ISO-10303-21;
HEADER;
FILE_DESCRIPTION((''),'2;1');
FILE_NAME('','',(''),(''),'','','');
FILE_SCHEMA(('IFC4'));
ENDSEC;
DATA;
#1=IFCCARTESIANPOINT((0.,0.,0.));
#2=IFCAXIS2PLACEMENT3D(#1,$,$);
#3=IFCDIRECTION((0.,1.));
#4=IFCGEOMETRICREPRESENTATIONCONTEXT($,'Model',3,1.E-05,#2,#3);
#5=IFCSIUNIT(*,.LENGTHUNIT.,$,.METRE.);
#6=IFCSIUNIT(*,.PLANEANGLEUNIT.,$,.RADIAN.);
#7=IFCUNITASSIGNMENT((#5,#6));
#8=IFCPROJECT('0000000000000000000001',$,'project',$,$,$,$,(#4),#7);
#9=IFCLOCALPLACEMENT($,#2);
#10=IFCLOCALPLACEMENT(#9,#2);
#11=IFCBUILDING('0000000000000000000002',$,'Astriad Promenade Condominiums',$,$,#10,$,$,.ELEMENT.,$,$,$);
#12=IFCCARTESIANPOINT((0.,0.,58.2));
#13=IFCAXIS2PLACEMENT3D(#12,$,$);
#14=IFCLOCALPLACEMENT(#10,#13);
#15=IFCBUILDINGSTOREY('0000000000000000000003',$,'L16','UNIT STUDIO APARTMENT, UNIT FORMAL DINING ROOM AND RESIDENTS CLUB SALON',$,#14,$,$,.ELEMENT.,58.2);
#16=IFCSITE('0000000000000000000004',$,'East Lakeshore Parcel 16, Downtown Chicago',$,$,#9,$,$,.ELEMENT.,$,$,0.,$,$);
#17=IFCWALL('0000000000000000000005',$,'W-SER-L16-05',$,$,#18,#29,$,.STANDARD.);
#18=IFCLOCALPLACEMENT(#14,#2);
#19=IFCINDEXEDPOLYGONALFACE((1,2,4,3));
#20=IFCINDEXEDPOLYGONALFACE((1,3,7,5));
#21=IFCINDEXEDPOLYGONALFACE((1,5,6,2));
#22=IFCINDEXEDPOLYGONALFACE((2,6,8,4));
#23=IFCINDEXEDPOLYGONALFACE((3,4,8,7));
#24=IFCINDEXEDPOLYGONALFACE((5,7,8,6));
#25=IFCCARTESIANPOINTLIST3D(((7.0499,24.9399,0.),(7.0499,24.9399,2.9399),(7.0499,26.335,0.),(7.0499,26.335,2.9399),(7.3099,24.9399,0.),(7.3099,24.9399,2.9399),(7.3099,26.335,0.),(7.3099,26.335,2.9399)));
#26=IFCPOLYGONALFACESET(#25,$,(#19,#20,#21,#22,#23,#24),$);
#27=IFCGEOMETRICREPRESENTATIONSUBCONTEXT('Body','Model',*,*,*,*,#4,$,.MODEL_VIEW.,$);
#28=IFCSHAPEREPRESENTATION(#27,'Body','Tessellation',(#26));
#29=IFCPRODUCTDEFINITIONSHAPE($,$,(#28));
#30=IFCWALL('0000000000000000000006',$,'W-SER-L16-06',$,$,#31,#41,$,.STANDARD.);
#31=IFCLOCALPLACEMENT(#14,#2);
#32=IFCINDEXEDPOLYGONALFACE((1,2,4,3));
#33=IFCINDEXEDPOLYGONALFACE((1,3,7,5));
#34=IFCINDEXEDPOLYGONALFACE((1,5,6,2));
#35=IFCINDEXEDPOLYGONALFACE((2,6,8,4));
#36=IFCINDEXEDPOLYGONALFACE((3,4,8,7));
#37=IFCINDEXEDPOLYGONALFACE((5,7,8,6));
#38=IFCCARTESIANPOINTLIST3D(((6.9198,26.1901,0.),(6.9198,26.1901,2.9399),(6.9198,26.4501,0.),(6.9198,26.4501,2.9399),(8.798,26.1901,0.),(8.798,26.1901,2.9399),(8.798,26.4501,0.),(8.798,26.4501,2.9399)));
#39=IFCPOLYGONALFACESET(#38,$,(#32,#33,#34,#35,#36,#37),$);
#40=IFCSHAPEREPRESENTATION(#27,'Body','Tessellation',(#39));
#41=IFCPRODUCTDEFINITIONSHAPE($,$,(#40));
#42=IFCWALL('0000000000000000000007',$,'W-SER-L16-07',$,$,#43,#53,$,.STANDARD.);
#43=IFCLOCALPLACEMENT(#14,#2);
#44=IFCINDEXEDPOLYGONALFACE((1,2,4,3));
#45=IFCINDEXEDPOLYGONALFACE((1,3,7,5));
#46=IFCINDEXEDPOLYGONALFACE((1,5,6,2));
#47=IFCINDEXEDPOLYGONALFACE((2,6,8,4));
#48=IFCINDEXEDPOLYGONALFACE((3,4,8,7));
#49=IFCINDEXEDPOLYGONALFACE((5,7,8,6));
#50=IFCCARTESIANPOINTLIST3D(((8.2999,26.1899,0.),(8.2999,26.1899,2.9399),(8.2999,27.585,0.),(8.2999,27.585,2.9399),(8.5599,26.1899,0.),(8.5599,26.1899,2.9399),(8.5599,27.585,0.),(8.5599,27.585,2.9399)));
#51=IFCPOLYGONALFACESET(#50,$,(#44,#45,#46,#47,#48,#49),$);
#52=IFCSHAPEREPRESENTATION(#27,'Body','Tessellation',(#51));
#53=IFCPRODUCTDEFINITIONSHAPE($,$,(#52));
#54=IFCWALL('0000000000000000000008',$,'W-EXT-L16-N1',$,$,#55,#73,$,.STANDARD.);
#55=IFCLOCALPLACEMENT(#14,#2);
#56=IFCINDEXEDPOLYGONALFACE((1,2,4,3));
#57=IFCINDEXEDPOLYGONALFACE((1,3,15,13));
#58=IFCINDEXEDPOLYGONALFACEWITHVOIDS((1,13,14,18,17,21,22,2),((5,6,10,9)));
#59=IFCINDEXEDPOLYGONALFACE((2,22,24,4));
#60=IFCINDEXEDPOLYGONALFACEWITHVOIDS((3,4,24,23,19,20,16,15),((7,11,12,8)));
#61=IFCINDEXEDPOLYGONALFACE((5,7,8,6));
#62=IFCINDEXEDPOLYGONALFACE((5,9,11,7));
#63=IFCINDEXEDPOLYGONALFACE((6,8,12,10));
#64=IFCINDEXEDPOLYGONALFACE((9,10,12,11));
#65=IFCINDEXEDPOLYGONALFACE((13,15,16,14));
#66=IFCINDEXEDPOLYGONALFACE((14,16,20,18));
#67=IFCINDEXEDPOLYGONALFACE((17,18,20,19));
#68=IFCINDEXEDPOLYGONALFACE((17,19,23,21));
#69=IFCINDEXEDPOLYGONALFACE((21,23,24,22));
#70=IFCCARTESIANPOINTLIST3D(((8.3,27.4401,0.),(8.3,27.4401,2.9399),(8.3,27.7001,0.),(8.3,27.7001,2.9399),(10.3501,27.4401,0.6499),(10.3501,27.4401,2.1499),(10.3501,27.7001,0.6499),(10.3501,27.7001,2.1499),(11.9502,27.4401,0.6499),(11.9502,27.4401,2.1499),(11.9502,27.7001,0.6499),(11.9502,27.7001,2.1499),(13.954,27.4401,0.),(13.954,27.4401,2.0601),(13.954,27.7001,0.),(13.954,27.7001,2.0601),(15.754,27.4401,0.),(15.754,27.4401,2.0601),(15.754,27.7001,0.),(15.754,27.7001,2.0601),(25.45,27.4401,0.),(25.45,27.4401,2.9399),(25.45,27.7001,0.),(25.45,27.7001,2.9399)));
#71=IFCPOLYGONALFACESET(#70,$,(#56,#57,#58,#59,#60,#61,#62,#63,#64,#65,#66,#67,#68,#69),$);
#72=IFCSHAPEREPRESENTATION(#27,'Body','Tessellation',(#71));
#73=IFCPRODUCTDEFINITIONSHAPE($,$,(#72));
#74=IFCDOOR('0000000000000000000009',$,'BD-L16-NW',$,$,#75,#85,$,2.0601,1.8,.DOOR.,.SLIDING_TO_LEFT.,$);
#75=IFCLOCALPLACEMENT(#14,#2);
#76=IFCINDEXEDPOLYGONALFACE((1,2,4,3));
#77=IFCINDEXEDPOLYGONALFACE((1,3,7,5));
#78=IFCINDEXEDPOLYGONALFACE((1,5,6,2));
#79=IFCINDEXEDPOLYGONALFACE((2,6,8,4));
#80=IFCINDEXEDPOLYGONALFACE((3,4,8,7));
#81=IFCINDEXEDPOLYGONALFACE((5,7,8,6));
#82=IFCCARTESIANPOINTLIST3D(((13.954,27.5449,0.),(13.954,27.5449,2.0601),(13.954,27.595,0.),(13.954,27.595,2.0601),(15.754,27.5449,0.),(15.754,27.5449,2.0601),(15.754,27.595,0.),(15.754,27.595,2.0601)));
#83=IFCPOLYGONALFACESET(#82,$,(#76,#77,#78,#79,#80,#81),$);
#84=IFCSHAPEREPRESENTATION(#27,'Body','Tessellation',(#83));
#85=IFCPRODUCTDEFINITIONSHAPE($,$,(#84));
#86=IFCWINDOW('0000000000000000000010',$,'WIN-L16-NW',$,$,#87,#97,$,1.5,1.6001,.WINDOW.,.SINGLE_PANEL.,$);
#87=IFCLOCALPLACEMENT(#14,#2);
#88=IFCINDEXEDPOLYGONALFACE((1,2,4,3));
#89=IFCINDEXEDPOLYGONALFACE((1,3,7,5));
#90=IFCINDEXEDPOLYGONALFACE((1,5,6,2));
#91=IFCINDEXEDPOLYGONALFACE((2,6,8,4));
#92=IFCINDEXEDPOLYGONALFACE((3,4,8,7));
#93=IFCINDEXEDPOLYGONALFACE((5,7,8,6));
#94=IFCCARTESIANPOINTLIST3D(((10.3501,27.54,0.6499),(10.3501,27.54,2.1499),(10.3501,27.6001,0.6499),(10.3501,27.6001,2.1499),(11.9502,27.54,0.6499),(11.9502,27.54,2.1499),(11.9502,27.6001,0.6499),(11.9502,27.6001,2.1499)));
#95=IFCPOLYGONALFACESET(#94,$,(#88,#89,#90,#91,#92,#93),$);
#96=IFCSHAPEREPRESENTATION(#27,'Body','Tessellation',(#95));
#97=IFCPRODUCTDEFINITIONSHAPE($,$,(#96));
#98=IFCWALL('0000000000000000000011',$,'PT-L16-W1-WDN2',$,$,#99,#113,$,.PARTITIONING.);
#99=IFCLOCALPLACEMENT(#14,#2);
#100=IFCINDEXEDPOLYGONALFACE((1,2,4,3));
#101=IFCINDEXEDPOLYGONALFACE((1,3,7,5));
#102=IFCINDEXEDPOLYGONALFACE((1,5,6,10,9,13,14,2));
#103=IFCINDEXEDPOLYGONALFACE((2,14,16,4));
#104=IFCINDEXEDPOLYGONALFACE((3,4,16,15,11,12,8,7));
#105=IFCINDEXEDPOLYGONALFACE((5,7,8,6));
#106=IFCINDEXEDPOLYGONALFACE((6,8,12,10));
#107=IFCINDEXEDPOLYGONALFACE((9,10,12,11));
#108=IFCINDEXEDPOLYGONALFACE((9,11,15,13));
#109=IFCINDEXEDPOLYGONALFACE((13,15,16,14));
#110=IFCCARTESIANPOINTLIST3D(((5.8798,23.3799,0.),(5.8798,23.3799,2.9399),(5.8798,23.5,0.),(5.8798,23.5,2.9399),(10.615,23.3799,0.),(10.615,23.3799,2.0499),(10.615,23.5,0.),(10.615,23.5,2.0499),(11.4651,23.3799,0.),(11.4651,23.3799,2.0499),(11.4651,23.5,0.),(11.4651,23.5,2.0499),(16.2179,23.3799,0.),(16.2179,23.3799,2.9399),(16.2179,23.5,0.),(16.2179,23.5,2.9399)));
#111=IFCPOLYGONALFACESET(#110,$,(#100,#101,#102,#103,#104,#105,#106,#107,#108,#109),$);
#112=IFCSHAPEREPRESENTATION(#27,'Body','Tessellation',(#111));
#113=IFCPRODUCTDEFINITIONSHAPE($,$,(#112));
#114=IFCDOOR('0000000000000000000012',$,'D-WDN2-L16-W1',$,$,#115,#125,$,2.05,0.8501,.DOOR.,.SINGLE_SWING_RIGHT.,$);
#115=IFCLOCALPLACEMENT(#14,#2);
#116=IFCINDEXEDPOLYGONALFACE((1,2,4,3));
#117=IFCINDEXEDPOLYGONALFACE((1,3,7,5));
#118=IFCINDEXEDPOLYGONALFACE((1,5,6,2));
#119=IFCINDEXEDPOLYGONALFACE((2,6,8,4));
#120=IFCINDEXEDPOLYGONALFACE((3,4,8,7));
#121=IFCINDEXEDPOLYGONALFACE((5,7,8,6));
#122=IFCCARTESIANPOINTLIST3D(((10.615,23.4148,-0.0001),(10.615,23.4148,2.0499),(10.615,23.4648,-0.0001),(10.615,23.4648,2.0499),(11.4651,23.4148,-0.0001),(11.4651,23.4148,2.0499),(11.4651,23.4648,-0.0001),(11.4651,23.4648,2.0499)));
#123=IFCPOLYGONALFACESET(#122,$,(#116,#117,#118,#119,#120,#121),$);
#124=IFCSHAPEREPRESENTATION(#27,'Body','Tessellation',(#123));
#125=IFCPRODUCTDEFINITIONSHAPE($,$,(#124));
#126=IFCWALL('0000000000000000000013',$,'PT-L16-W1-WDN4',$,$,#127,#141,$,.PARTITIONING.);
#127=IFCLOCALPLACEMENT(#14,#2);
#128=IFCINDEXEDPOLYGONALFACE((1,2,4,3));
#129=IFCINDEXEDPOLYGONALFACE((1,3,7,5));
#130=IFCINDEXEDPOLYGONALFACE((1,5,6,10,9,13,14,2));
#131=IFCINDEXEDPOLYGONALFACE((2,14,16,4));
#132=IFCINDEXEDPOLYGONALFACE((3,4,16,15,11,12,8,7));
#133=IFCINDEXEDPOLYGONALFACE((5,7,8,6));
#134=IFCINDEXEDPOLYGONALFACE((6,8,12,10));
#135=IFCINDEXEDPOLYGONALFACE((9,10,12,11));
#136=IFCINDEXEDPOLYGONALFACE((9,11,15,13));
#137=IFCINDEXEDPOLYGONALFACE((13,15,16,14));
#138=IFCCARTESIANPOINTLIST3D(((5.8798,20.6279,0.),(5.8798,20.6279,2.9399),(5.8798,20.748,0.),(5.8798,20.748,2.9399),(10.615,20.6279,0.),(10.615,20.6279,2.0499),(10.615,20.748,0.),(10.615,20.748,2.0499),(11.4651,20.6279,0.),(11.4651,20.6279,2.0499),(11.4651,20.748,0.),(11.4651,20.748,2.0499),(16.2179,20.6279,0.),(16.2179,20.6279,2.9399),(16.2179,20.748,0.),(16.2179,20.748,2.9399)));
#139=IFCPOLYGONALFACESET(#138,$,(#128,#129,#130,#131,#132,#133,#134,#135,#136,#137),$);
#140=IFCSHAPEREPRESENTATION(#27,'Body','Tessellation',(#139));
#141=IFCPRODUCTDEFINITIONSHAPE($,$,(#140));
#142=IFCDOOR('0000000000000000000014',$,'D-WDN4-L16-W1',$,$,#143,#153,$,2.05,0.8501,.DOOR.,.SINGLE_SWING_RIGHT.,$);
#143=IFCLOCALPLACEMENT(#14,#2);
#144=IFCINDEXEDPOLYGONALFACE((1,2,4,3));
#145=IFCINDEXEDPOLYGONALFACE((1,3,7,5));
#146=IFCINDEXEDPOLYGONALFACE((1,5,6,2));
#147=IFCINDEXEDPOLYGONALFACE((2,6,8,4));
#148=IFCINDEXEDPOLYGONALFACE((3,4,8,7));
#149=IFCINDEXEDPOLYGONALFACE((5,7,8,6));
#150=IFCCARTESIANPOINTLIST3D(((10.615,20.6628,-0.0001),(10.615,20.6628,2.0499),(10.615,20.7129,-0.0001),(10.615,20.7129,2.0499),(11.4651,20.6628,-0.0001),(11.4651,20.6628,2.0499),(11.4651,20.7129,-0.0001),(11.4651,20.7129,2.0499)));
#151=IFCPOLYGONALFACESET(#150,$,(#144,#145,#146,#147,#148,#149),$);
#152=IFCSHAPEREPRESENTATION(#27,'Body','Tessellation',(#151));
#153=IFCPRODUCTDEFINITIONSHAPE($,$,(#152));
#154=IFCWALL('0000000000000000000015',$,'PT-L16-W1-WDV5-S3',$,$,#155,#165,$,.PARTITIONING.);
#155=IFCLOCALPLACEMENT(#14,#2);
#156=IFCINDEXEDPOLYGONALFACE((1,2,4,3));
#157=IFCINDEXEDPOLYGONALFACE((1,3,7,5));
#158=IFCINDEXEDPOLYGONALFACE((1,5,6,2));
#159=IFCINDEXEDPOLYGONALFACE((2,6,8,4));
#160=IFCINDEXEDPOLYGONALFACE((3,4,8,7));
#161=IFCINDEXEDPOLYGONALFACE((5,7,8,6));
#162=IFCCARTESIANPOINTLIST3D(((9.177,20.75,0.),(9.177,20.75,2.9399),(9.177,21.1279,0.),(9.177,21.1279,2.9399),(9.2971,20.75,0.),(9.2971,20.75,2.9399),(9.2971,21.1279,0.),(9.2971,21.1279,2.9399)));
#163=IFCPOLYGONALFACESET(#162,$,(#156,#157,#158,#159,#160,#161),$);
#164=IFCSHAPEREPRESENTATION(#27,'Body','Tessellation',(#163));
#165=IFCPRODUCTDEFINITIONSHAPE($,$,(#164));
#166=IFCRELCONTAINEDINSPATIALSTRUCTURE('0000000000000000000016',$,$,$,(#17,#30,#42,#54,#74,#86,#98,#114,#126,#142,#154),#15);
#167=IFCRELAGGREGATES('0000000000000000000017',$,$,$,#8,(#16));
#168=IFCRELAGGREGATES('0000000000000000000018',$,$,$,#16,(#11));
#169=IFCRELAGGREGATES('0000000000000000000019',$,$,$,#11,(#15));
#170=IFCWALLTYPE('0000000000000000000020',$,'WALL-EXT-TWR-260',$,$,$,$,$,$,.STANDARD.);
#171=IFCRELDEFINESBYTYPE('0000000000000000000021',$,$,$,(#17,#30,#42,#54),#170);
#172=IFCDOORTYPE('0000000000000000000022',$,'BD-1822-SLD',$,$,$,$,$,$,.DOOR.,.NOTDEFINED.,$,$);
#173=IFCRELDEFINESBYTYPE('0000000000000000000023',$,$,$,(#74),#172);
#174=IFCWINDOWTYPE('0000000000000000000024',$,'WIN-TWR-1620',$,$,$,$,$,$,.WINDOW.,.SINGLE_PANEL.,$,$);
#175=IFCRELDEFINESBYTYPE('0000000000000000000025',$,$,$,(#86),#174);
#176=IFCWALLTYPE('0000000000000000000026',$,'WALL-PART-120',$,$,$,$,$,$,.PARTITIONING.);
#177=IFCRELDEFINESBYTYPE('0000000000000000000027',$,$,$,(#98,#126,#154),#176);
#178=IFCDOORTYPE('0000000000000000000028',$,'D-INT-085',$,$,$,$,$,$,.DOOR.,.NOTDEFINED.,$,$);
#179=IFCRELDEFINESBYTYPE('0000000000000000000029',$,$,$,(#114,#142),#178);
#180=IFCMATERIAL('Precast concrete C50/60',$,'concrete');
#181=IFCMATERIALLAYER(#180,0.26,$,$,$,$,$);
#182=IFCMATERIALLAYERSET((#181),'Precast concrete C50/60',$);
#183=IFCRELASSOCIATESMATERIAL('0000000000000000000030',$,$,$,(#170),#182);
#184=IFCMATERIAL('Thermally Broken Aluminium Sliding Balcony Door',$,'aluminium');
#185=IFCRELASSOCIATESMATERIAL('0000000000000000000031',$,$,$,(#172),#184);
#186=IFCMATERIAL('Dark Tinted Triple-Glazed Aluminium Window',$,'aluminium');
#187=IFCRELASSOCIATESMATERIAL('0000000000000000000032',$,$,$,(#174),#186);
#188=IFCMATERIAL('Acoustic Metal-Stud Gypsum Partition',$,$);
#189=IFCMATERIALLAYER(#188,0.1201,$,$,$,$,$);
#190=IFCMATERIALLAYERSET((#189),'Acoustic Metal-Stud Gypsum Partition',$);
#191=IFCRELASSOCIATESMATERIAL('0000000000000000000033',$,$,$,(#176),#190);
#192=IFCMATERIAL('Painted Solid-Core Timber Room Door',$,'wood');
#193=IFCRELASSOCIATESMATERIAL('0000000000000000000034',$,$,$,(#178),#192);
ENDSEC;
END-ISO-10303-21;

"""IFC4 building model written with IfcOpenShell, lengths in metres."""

from ifc_helpers import new_model, si_unit, direction, frame, frame_2d, origin, place, context, subcontext, project, spatial, rectangle, extrude, source, transform, mapped, material, layer, layer_set, type_object, type_shapes, element, fill, save


model = new_model("IFC4")

# Units and contexts
model_context = context("Model", 3, precision=1e-05, world=origin(), true_north=direction((0.0, 1.0)))
body_context = subcontext(model_context, "Body", "Model", "MODEL_VIEW")
ifc_project = project(units=[si_unit("LENGTHUNIT", "METRE"), si_unit("PLANEANGLEUNIT", "RADIAN")], contexts=[model_context])

# Site, building, storey
site_placement = place(None, origin())
site = spatial("IfcSite", under=ifc_project, at=site_placement, Name="East Lakeshore Parcel 16, Downtown Chicago", CompositionType="ELEMENT", RefElevation=0.0)
building_placement = place(site_placement, origin())
building = spatial("IfcBuilding", under=site, at=building_placement, Name="Astriad Promenade Condominiums", CompositionType="ELEMENT")
storey_placement = place(building_placement, frame((0.0, 0.0, 58.2)))
storey = spatial("IfcBuildingStorey", under=building, at=storey_placement, Name="L16", Description="UNIT STUDIO APARTMENT, UNIT FORMAL DINING ROOM AND RESIDENTS CLUB SALON", CompositionType="ELEMENT", Elevation=58.2)

# Walls
ifc_material_1 = material(Name="Precast concrete C50/60", Category="concrete")
ifc_layer_1 = layer(ifc_material_1, 0.26)
ifc_layer_set_1 = layer_set([ifc_layer_1], Name="Precast concrete C50/60")
wall_type_1 = type_object("IfcWallType", Name="WALL-EXT-TWR-260", PredefinedType="STANDARD", material=ifc_layer_set_1)
for number, where, z_axis, x_axis, name in (
    (1, (7.1799, 24.9399, 0.0), (0.0, 0.0, 1.0), (0.0, 1.0, 0.0), "W-SER-L16-05"),
):
    element("IfcWall", number, at=place(storey_placement, frame(where, z_axis=z_axis, x_axis=x_axis)), inside=storey, type_object=wall_type_1, Name=name, PredefinedType="STANDARD", context=body_context, shape_type="SweptSolid", body=[
        extrude(rectangle(XDim=1.395, YDim=0.26, at=frame_2d((0.6975, 0.0))), origin(), (0.0, 0.0, 1.0), 2.9399),
    ])
wall_1_placement = place(storey_placement, frame((6.9199, 26.3201, 0.0), z_axis=(0.0, 0.0, 1.0), x_axis=(1.0, 0.0, 0.0)))
element("IfcWall", 2, at=wall_1_placement, inside=storey, type_object=wall_type_1, Name="W-SER-L16-06", PredefinedType="STANDARD", context=body_context, shape_type="SweptSolid", body=[
    extrude(rectangle(XDim=1.8782, YDim=0.26, at=frame_2d((0.939, 0.0))), origin(), (0.0, 0.0, 1.0), 2.9399),
])
wall_2_placement = place(storey_placement, frame((8.4299, 26.1899, 0.0), z_axis=(0.0, 0.0, 1.0), x_axis=(0.0, 1.0, 0.0)))
element("IfcWall", 3, at=wall_2_placement, inside=storey, type_object=wall_type_1, Name="W-SER-L16-07", PredefinedType="STANDARD", context=body_context, shape_type="SweptSolid", body=[
    extrude(rectangle(XDim=1.395, YDim=0.26, at=frame_2d((0.6975, 0.0))), origin(), (0.0, 0.0, 1.0), 2.9399),
])

# Wall, openings, door, window
wall_3_placement = place(storey_placement, frame((8.3, 27.5701, 0.0), z_axis=(0.0, 0.0, 1.0), x_axis=(1.0, 0.0, 0.0)))
wall_3 = element("IfcWall", 4, at=wall_3_placement, inside=storey, type_object=wall_type_1, Name="W-EXT-L16-N1", PredefinedType="STANDARD", context=body_context, shape_type="SweptSolid", body=[
    extrude(rectangle(XDim=17.1499, YDim=0.26, at=frame_2d((8.575, 0.0))), origin(), (0.0, 0.0, 1.0), 2.9399),
])
opening_1_placement = place(wall_3_placement, frame((5.6541, 0.0, 0.0)))
opening_1 = element("IfcOpeningElement", 5, at=opening_1_placement, cuts=wall_3, PredefinedType="OPENING", context=body_context, shape_type="SweptSolid", body=[
    extrude(rectangle(XDim=1.8, YDim=2.0601, at=frame_2d((0.8999, 1.03))), frame((0.0, 0.1399, 0.0), z_axis=(0.0, -1.0, 0.0), x_axis=(1.0, 0.0, 0.0)), (0.0, 0.0, 1.0), 0.28),
])
opening_2_placement = place(wall_3_placement, frame((2.05, 0.0, 0.6499)))
opening_2 = element("IfcOpeningElement", 6, at=opening_2_placement, cuts=wall_3, PredefinedType="OPENING", context=body_context, shape_type="SweptSolid", body=[
    extrude(rectangle(XDim=1.6001, YDim=1.5, at=frame_2d((0.8, 0.75))), frame((0.0, 0.1399, 0.0), z_axis=(0.0, -1.0, 0.0), x_axis=(1.0, 0.0, 0.0)), (0.0, 0.0, 1.0), 0.28),
])
ifc_material_2 = material(Name="Thermally Broken Aluminium Sliding Balcony Door", Category="aluminium")
door_type_1 = type_object("IfcDoorType", Name="BD-1822-SLD", OperationType="NOTDEFINED", PredefinedType="DOOR", material=ifc_material_2)
shared_shape_1 = source(origin(), body_context, "Body", "SweptSolid", [
    extrude(rectangle(XDim=1.8, YDim=2.0601, at=frame_2d((0.8999, 1.03))), frame((0.0, 0.0249, 0.0), z_axis=(0.0, -1.0, 0.0), x_axis=(1.0, 0.0, 0.0)), (0.0, 0.0, 1.0), 0.05),
])
type_shapes(door_type_1, [shared_shape_1])
door_1_placement = place(opening_1_placement, origin())
door_1 = element("IfcDoor", 7, at=door_1_placement, inside=storey, type_object=door_type_1, Name="BD-L16-NW", OperationType="SLIDING_TO_LEFT", OverallHeight=2.0601, OverallWidth=1.8, PredefinedType="DOOR", context=body_context, shape_type="MappedRepresentation", body=[
    mapped(shared_shape_1, transform((0.0, 0.0, 0.0), scale=1.0)),
])
fill(opening_1, door_1)
ifc_material_3 = material(Name="Dark Tinted Triple-Glazed Aluminium Window", Category="aluminium")
window_type = type_object("IfcWindowType", Name="WIN-TWR-1620", PartitioningType="SINGLE_PANEL", PredefinedType="WINDOW", material=ifc_material_3)
shared_shape_2 = source(origin(), body_context, "Body", "SweptSolid", [
    extrude(rectangle(XDim=1.6001, YDim=1.5, at=frame_2d((0.8, 0.75))), frame((0.0, 0.03, 0.0), z_axis=(0.0, -1.0, 0.0), x_axis=(1.0, 0.0, 0.0)), (0.0, 0.0, 1.0), 0.0601),
])
type_shapes(window_type, [shared_shape_2])
window_placement = place(opening_2_placement, origin())
window = element("IfcWindow", 8, at=window_placement, inside=storey, type_object=window_type, Name="WIN-L16-NW", OverallHeight=1.5, OverallWidth=1.6001, PartitioningType="SINGLE_PANEL", PredefinedType="WINDOW", context=body_context, shape_type="MappedRepresentation", body=[
    mapped(shared_shape_2, transform((0.0, 0.0, 0.0), scale=1.0)),
])
fill(opening_2, window)

# Walls, openings, doors
ifc_material_4 = material(Name="Acoustic Metal-Stud Gypsum Partition")
ifc_layer_2 = layer(ifc_material_4, 0.1201)
ifc_layer_set_2 = layer_set([ifc_layer_2], Name="Acoustic Metal-Stud Gypsum Partition")
wall_type_2 = type_object("IfcWallType", Name="WALL-PART-120", PredefinedType="PARTITIONING", material=ifc_layer_set_2)
wall_4_placement = place(storey_placement, frame((5.8799, 23.4399, 0.0), z_axis=(0.0, 0.0, 1.0), x_axis=(1.0, 0.0, 0.0)))
wall_4 = element("IfcWall", 9, at=wall_4_placement, inside=storey, type_object=wall_type_2, Name="PT-L16-W1-WDN2", PredefinedType="PARTITIONING", context=body_context, shape_type="SweptSolid", body=[
    extrude(rectangle(XDim=10.3381, YDim=0.1201, at=frame_2d((5.1689, 0.0))), origin(), (0.0, 0.0, 1.0), 2.9399),
])
opening_3_placement = place(wall_4_placement, frame((4.7351, 0.0, 0.0)))
opening_3 = element("IfcOpeningElement", 10, at=opening_3_placement, cuts=wall_4, PredefinedType="OPENING", context=body_context, shape_type="SweptSolid", body=[
    extrude(rectangle(XDim=0.8501, YDim=2.05, at=frame_2d((0.425, 1.0249))), frame((0.0, 0.0701, 0.0), z_axis=(0.0, -1.0, 0.0), x_axis=(1.0, 0.0, 0.0)), (0.0, 0.0, 1.0), 0.1401),
])
ifc_material_5 = material(Name="Painted Solid-Core Timber Room Door", Category="wood")
door_type_2 = type_object("IfcDoorType", Name="D-INT-085", OperationType="NOTDEFINED", PredefinedType="DOOR", material=ifc_material_5)
shared_shape_3 = source(origin(), body_context, "Body", "SweptSolid", [
    extrude(rectangle(XDim=0.8501, YDim=2.05, at=frame_2d((0.425, 1.0249))), frame((0.0, 0.0249, 0.0), z_axis=(0.0, -1.0, 0.0), x_axis=(1.0, 0.0, 0.0)), (0.0, 0.0, 1.0), 0.05),
])
type_shapes(door_type_2, [shared_shape_3])
door_2_placement = place(opening_3_placement, origin())
door_2 = element("IfcDoor", 11, at=door_2_placement, inside=storey, type_object=door_type_2, Name="D-WDN2-L16-W1", OperationType="SINGLE_SWING_RIGHT", OverallHeight=2.05, OverallWidth=0.8501, PredefinedType="DOOR", context=body_context, shape_type="MappedRepresentation", body=[
    mapped(shared_shape_3, transform((0.0, 0.0, 0.0), scale=1.0)),
])
fill(opening_3, door_2)
wall_5_placement = place(storey_placement, frame((5.8799, 20.688, 0.0), z_axis=(0.0, 0.0, 1.0), x_axis=(1.0, 0.0, 0.0)))
wall_5 = element("IfcWall", 12, at=wall_5_placement, inside=storey, type_object=wall_type_2, Name="PT-L16-W1-WDN4", PredefinedType="PARTITIONING", context=body_context, shape_type="SweptSolid", body=[
    extrude(rectangle(XDim=10.3381, YDim=0.1201, at=frame_2d((5.1689, 0.0))), origin(), (0.0, 0.0, 1.0), 2.9399),
])
opening_4_placement = place(wall_5_placement, frame((4.7351, 0.0, 0.0)))
opening_4 = element("IfcOpeningElement", 13, at=opening_4_placement, cuts=wall_5, PredefinedType="OPENING", context=body_context, shape_type="SweptSolid", body=[
    extrude(rectangle(XDim=0.8501, YDim=2.05, at=frame_2d((0.425, 1.0249))), frame((0.0, 0.0701, 0.0), z_axis=(0.0, -1.0, 0.0), x_axis=(1.0, 0.0, 0.0)), (0.0, 0.0, 1.0), 0.1401),
])
door_3_placement = place(opening_4_placement, origin())
door_3 = element("IfcDoor", 14, at=door_3_placement, inside=storey, type_object=door_type_2, Name="D-WDN4-L16-W1", OperationType="SINGLE_SWING_RIGHT", OverallHeight=2.05, OverallWidth=0.8501, PredefinedType="DOOR", context=body_context, shape_type="MappedRepresentation", body=[
    mapped(shared_shape_3, transform((0.0, 0.0, 0.0), scale=1.0)),
])
fill(opening_4, door_3)

# Wall
wall_6_placement = place(storey_placement, frame((9.2371, 20.75, 0.0), z_axis=(0.0, 0.0, 1.0), x_axis=(0.0, 1.0, 0.0)))
element("IfcWall", 15, at=wall_6_placement, inside=storey, type_object=wall_type_2, Name="PT-L16-W1-WDV5-S3", PredefinedType="PARTITIONING", context=body_context, shape_type="SweptSolid", body=[
    extrude(rectangle(XDim=0.3779, YDim=0.1201, at=frame_2d((0.189, 0.0))), origin(), (0.0, 0.0, 1.0), 2.9399),
])

save(model, "model.ifc")
